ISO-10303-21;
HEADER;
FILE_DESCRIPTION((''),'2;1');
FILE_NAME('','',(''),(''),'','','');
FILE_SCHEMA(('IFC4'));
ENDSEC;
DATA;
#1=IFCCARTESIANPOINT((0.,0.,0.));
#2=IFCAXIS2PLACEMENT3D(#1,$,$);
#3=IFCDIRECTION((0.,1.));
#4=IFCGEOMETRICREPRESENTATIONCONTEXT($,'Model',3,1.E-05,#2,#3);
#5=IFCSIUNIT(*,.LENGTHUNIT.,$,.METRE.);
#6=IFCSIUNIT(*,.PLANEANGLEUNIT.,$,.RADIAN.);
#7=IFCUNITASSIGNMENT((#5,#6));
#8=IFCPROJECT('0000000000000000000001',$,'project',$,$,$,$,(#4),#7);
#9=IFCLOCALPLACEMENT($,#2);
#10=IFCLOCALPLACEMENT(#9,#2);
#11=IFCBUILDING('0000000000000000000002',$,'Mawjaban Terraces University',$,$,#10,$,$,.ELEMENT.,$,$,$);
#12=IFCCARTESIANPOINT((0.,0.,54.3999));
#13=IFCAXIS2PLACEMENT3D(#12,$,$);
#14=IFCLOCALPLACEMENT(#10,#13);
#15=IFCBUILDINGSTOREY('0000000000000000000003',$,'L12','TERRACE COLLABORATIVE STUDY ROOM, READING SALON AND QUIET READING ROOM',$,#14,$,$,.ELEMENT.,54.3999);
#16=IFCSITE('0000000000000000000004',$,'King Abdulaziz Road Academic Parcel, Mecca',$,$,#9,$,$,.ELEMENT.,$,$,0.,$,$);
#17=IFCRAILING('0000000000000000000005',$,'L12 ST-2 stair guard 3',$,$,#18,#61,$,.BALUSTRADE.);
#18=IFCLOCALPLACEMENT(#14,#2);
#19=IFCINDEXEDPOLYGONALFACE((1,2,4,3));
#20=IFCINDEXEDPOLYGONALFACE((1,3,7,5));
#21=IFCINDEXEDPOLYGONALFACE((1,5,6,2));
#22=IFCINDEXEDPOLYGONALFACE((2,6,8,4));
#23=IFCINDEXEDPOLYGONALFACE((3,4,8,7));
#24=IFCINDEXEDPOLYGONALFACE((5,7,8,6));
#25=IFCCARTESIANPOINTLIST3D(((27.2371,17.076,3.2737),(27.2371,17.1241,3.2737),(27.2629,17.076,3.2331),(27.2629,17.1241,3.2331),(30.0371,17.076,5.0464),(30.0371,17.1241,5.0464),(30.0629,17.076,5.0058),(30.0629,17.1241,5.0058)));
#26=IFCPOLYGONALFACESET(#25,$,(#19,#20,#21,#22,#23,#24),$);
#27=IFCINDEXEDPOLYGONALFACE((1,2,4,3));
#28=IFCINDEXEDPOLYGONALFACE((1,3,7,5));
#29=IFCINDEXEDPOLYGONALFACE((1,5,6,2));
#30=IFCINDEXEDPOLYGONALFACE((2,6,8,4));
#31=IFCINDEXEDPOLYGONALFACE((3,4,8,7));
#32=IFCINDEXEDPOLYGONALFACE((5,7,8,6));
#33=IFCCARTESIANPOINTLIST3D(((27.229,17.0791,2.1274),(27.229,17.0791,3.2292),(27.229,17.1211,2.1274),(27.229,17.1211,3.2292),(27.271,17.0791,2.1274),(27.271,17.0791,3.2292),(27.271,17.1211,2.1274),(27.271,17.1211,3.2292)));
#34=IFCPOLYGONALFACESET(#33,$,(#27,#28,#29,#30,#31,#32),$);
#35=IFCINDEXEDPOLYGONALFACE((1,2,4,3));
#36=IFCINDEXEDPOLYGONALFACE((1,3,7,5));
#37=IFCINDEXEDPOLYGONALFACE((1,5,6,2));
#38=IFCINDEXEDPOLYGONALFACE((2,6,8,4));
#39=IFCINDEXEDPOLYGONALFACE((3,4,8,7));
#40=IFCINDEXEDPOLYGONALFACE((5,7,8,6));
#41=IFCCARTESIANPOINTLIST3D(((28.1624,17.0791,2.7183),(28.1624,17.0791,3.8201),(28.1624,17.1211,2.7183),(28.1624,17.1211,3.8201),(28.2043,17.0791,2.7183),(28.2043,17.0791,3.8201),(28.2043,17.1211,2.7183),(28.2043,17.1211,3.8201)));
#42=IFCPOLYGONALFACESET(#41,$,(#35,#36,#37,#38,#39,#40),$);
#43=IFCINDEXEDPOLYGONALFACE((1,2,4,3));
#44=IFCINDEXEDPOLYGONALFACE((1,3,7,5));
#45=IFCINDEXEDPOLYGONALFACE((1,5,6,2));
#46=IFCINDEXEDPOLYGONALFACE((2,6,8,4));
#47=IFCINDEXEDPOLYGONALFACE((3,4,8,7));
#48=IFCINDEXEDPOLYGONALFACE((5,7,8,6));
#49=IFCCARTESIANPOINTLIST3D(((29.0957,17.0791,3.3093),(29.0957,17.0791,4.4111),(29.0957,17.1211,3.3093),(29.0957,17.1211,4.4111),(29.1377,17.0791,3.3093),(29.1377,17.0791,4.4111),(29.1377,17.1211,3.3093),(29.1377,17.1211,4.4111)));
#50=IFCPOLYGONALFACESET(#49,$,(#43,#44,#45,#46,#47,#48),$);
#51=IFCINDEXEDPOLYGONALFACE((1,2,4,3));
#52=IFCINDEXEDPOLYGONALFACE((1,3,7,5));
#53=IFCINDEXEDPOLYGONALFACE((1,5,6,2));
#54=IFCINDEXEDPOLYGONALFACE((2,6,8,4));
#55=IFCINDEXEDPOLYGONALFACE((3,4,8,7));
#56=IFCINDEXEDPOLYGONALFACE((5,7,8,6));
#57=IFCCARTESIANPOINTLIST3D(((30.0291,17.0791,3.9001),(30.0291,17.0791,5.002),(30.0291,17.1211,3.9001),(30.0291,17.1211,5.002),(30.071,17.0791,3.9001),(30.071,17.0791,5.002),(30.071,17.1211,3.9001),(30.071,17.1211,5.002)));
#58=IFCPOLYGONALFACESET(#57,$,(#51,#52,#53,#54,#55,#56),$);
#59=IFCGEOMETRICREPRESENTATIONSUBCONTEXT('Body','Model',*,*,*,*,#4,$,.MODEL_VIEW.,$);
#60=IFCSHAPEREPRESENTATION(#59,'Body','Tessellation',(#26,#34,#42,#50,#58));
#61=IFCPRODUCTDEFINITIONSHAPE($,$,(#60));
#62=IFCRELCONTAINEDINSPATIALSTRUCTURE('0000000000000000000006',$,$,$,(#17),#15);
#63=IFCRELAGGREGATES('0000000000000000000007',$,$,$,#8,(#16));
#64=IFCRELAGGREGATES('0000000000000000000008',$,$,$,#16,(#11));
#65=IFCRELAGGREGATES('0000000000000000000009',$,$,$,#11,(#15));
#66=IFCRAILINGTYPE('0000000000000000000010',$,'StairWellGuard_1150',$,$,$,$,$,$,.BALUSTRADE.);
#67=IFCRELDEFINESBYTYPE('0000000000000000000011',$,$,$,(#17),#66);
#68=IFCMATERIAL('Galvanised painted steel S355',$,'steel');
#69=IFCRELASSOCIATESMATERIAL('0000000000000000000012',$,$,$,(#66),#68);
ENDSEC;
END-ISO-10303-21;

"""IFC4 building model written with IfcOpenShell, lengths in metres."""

from ifc_helpers import new_model, si_unit, direction, frame, origin, origin_2d, place, context, subcontext, project, spatial, rectangle, extrude, material, type_object, element, save


model = new_model("IFC4")

# Units and contexts
model_context = context("Model", 3, precision=1e-05, world=origin(), true_north=direction((0.0, 1.0)))
body_context = subcontext(model_context, "Body", "Model", "MODEL_VIEW")
ifc_project = project(units=[si_unit("LENGTHUNIT", "METRE"), si_unit("PLANEANGLEUNIT", "RADIAN")], contexts=[model_context])

# Site, building, storey
site_placement = place(None, origin())
site = spatial("IfcSite", under=ifc_project, at=site_placement, Name="King Abdulaziz Road Academic Parcel, Mecca", CompositionType="ELEMENT", RefElevation=0.0)
building_placement = place(site_placement, origin())
building = spatial("IfcBuilding", under=site, at=building_placement, Name="Mawjaban Terraces University", CompositionType="ELEMENT")
storey_placement = place(building_placement, frame((0.0, 0.0, 54.3999)))
storey = spatial("IfcBuildingStorey", under=building, at=storey_placement, Name="L12", Description="TERRACE COLLABORATIVE STUDY ROOM, READING SALON AND QUIET READING ROOM", CompositionType="ELEMENT", Elevation=54.3999)

# Railing
ifc_material_1 = material(Name="Galvanised painted steel S355", Category="steel")
railing_type_1 = type_object("IfcRailingType", Name="StairWellGuard_1150", PredefinedType="BALUSTRADE", material=ifc_material_1)
railing_1_placement = place(storey_placement, frame((27.25, 17.1001, 2.1274)))
element("IfcRailing", 1, at=railing_1_placement, inside=storey, type_object=railing_type_1, Name="L12 ST-2 stair guard 3", PredefinedType="BALUSTRADE", context=body_context, shape_type="SweptSolid", body=[
    extrude(rectangle(XDim=0.0481, YDim=0.0481, at=origin_2d()), frame((0.0, 0.0, 1.126), z_axis=(0.844909, 0.0, 0.53491), x_axis=(0.0, 1.0, 0.0)), (0.0, 0.0, 1.0), 3.314),
    extrude(rectangle(XDim=0.042, YDim=0.042, at=origin_2d()), origin(), (0.0, 0.0, 1.0), 1.1018),
    extrude(rectangle(XDim=0.042, YDim=0.042, at=origin_2d()), frame((0.9333, 0.0, 0.5908)), (0.0, 0.0, 1.0), 1.1018),
    extrude(rectangle(XDim=0.042, YDim=0.042, at=origin_2d()), frame((1.8667, 0.0, 1.1819)), (0.0, 0.0, 1.0), 1.1018),
    extrude(rectangle(XDim=0.042, YDim=0.042, at=origin_2d()), frame((2.8, 0.0, 1.7727)), (0.0, 0.0, 1.0), 1.1018),
])

save(model, "model.ifc")
